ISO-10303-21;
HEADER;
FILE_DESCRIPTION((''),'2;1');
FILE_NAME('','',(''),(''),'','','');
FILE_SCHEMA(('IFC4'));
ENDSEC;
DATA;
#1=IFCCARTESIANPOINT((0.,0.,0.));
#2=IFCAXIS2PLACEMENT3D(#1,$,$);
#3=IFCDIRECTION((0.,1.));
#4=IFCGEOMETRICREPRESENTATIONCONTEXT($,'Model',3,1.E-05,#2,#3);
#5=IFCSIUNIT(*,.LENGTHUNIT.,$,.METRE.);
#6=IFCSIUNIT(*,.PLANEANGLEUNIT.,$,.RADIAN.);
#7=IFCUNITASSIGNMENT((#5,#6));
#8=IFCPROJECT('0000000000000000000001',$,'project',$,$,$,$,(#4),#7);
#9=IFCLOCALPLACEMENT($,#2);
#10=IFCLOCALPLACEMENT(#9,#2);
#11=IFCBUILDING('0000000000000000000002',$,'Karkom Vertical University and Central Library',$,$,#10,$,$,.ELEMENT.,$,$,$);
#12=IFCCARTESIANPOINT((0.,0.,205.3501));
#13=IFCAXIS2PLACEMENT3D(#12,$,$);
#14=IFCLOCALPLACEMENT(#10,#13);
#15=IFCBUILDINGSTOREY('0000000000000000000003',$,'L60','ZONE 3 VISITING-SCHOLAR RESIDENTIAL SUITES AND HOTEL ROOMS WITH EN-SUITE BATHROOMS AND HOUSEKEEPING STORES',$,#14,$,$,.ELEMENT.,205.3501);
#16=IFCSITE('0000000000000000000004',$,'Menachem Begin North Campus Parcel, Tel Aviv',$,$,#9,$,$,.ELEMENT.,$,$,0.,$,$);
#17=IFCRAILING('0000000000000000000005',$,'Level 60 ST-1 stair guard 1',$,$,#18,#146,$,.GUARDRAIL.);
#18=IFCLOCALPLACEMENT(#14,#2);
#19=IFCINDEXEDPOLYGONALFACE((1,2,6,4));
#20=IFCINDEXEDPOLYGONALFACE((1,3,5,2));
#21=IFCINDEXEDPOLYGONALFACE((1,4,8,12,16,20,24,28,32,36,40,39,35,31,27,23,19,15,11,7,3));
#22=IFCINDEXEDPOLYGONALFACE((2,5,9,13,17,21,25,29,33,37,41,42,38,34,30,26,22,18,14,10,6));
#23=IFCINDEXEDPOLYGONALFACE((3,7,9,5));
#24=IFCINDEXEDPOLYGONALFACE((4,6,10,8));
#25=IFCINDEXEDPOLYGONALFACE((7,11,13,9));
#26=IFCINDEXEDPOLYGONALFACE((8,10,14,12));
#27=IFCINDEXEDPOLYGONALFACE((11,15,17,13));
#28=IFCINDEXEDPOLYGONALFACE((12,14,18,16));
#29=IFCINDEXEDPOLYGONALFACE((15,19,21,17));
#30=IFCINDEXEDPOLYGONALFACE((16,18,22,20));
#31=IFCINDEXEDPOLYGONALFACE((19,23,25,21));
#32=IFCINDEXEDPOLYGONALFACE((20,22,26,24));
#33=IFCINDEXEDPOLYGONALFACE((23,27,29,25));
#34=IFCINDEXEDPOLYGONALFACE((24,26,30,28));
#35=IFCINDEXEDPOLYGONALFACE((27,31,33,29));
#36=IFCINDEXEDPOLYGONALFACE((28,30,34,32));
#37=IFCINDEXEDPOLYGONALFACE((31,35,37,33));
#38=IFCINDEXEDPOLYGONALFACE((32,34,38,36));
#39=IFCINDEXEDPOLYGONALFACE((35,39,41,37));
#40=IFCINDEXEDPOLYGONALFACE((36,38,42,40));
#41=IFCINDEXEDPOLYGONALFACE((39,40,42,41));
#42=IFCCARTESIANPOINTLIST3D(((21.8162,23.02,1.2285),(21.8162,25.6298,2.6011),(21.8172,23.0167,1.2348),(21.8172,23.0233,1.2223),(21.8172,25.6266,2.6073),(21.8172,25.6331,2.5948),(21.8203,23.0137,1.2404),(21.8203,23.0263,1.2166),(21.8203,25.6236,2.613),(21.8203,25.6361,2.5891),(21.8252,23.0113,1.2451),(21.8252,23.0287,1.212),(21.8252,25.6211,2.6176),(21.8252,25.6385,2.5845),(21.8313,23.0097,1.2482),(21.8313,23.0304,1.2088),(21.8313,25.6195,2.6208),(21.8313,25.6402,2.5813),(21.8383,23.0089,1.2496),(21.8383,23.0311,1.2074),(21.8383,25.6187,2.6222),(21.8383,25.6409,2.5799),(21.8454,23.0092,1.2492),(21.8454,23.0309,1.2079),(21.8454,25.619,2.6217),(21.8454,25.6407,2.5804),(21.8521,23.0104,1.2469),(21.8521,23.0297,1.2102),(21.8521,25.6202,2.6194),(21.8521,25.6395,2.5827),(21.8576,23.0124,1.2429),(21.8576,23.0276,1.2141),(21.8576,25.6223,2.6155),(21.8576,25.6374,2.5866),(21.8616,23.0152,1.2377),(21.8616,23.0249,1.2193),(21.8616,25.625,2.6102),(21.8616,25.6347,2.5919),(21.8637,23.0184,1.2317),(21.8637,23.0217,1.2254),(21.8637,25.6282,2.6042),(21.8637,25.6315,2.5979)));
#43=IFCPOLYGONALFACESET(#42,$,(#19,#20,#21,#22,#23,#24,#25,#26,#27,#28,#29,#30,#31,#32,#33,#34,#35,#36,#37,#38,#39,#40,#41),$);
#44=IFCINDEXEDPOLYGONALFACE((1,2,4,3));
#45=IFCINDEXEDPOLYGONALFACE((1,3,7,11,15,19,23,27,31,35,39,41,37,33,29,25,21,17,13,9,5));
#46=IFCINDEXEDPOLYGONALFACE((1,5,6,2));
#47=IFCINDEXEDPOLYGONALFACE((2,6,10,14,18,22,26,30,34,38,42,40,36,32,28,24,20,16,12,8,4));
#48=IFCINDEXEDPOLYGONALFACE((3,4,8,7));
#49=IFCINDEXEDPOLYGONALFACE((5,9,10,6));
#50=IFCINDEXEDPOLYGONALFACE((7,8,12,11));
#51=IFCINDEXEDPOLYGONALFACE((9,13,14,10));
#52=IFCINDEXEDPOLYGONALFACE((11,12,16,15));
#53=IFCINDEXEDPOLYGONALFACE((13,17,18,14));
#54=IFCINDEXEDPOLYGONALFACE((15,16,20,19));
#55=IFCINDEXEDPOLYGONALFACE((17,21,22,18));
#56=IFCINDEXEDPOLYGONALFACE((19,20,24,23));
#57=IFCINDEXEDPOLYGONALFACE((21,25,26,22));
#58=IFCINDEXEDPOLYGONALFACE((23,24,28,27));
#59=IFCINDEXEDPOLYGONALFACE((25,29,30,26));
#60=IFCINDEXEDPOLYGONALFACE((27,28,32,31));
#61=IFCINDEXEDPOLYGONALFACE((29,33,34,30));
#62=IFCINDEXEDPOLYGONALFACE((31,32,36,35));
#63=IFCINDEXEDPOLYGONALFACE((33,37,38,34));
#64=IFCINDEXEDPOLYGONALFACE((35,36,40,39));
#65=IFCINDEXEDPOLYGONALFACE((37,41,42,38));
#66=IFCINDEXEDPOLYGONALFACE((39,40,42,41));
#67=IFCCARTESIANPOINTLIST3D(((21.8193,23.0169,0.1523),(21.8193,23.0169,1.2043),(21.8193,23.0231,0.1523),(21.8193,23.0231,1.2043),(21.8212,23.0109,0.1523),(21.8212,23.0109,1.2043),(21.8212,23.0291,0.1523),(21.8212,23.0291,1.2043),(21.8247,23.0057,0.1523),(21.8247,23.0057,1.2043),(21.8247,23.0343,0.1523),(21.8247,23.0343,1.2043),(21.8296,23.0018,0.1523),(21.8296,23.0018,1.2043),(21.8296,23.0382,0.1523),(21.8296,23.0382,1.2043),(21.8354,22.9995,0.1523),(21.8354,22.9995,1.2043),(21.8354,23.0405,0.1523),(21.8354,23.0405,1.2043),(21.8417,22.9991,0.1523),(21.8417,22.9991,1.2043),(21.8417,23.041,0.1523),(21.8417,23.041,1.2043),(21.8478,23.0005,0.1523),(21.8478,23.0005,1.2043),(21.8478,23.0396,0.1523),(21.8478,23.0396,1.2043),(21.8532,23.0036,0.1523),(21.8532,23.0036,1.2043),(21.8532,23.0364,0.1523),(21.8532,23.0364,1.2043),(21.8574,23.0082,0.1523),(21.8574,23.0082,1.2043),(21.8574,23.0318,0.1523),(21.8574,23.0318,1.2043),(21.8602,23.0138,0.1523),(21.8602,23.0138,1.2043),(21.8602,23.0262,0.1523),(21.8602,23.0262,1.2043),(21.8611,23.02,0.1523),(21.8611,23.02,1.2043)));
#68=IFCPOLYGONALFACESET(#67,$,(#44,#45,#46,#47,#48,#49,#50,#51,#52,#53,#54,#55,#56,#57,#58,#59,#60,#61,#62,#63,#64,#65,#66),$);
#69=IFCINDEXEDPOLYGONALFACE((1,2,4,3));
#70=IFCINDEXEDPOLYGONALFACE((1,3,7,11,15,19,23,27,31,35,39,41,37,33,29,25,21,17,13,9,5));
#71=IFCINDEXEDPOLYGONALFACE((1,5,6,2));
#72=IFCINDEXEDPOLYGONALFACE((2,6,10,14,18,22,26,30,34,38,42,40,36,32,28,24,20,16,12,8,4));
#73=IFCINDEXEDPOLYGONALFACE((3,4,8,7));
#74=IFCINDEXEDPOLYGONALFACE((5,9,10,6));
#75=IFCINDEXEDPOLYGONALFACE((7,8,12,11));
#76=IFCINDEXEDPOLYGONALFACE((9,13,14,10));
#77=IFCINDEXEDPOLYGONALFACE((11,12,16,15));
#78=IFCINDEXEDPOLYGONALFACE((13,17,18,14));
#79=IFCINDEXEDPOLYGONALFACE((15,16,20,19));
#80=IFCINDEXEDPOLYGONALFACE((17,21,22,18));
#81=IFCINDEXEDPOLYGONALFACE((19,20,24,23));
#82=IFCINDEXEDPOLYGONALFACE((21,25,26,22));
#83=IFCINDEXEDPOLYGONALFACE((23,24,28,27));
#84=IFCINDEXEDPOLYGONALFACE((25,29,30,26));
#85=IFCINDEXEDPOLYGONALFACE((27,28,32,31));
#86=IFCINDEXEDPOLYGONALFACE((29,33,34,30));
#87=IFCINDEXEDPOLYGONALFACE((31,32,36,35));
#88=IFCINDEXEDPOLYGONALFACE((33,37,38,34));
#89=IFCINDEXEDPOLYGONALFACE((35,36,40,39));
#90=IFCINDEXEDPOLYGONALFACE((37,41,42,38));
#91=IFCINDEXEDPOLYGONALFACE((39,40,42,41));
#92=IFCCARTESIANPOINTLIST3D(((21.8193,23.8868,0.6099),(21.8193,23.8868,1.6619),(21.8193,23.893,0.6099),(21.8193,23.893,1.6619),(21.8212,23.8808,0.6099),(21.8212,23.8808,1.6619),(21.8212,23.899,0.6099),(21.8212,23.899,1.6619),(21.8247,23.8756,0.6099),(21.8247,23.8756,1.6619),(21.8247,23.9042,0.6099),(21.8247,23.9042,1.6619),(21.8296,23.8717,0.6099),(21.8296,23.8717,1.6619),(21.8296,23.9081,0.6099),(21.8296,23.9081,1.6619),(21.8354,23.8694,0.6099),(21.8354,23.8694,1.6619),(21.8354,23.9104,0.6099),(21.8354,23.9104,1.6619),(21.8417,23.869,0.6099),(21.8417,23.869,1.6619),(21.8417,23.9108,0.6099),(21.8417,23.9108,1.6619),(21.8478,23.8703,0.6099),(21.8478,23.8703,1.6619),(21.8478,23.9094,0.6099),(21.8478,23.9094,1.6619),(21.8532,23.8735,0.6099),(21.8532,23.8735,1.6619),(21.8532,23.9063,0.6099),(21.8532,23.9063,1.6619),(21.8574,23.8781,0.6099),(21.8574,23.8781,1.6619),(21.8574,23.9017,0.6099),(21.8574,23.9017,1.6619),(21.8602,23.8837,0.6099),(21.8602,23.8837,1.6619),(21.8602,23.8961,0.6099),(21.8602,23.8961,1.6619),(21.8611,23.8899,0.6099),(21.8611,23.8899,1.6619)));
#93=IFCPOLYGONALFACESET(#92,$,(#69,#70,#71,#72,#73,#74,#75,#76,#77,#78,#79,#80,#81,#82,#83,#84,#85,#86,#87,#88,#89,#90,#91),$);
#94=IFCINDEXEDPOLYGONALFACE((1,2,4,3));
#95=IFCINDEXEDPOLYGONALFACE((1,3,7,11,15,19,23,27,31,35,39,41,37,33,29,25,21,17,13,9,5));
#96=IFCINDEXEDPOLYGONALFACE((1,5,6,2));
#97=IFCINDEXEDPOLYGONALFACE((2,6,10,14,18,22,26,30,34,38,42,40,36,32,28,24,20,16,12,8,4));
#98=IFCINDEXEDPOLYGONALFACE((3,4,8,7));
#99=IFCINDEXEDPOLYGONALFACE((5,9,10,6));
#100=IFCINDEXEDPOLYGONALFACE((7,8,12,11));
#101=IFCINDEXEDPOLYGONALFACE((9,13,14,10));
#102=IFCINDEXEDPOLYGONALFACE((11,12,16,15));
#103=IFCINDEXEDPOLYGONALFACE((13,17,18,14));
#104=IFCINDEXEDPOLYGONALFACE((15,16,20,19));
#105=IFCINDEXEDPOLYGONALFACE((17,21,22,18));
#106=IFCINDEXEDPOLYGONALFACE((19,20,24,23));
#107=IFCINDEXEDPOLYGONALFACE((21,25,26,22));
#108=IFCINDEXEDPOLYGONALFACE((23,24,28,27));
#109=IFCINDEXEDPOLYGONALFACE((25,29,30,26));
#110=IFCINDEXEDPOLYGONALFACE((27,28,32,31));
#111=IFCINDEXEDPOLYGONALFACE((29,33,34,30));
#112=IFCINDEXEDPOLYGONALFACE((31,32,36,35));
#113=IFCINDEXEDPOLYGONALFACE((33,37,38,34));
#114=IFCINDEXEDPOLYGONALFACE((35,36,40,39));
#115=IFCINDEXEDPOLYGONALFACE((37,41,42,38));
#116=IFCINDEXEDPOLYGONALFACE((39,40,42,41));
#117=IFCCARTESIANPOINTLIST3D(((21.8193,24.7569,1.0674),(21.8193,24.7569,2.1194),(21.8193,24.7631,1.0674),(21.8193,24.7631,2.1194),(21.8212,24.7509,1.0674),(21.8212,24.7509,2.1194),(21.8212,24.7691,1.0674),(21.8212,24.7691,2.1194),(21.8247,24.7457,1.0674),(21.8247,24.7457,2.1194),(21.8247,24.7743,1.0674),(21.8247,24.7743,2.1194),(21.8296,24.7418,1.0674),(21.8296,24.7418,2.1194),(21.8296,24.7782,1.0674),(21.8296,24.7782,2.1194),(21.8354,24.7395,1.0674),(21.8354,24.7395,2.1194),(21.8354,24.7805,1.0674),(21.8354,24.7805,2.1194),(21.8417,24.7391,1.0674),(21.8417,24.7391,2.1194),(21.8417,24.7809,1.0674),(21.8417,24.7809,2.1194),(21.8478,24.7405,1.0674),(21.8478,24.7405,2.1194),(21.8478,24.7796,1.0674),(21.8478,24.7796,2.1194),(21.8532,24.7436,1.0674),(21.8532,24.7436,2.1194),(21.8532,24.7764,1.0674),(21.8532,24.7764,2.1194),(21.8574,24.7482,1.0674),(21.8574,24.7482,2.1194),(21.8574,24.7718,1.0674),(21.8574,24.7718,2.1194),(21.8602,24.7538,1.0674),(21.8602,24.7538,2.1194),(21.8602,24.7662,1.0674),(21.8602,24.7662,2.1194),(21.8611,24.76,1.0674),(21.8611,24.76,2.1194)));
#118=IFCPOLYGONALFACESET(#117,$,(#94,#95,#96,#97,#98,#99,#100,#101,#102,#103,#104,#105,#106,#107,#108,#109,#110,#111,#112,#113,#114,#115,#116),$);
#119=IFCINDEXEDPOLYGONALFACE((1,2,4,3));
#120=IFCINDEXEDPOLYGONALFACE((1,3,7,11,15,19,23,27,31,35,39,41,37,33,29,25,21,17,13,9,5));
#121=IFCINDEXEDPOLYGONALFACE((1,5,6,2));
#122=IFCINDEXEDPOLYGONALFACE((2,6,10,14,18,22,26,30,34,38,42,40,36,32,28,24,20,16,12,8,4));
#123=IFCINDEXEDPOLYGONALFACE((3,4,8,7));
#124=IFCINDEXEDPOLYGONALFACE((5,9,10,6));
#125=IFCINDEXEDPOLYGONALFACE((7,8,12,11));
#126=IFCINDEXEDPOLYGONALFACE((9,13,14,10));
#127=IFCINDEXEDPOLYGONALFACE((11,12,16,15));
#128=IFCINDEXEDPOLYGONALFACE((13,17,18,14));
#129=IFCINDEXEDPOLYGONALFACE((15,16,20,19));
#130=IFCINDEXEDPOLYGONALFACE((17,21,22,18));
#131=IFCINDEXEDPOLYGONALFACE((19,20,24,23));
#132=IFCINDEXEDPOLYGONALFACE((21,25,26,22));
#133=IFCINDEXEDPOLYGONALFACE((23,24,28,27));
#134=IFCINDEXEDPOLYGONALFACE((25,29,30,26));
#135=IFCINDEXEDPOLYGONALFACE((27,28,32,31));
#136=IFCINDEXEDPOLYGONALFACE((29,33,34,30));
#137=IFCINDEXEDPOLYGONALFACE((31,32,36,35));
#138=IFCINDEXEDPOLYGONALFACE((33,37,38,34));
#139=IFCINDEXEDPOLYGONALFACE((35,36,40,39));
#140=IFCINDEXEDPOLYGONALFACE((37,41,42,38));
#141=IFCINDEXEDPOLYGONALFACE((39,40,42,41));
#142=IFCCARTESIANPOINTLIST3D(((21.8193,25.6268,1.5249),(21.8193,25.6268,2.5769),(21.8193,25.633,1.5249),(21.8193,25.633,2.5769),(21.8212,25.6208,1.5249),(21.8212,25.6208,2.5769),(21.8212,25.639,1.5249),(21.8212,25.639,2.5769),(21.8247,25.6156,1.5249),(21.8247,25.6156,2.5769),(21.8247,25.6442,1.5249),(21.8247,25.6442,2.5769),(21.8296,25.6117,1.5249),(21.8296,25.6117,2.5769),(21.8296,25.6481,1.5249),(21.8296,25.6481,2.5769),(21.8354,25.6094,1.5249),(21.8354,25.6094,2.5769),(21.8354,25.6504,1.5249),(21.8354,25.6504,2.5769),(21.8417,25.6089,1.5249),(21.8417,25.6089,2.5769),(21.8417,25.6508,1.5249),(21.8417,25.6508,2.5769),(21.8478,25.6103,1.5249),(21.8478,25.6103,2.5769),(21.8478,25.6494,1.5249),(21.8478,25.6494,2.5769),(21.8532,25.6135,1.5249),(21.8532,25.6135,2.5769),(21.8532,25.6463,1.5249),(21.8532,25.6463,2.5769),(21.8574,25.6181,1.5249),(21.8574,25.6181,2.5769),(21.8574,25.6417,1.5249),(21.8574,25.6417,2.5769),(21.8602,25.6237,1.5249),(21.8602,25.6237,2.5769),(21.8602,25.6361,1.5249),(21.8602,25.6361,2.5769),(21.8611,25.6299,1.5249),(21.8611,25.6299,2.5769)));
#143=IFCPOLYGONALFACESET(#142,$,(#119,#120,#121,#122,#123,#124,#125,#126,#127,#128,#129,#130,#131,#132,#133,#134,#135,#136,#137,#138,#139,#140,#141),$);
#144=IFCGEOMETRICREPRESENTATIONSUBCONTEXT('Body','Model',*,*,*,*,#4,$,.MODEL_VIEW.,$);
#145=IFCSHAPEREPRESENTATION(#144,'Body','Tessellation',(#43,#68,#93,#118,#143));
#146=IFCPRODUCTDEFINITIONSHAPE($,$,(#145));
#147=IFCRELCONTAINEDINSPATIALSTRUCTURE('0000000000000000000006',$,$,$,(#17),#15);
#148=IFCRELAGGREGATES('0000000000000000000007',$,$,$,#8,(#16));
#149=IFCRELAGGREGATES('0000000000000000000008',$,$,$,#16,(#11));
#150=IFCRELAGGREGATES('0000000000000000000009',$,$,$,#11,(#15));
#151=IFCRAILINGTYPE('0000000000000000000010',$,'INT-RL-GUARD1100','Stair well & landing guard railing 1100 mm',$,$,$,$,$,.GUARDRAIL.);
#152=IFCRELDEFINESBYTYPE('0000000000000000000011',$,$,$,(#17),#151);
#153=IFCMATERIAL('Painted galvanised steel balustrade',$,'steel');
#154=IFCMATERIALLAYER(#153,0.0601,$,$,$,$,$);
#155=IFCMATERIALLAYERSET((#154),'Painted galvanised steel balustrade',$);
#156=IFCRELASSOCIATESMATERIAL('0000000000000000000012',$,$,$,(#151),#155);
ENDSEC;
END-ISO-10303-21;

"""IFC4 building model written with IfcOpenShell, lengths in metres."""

from ifc_helpers import new_model, si_unit, direction, frame, origin, origin_2d, place, context, subcontext, project, spatial, circle, extrude, material, layer, layer_set, type_object, element, save


model = new_model("IFC4")

# Units and contexts
model_context = context("Model", 3, precision=1e-05, world=origin(), true_north=direction((0.0, 1.0)))
body_context = subcontext(model_context, "Body", "Model", "MODEL_VIEW")
ifc_project = project(units=[si_unit("LENGTHUNIT", "METRE"), si_unit("PLANEANGLEUNIT", "RADIAN")], contexts=[model_context])

# Site, building, storey
site_placement = place(None, origin())
site = spatial("IfcSite", under=ifc_project, at=site_placement, Name="Menachem Begin North Campus Parcel, Tel Aviv", CompositionType="ELEMENT", RefElevation=0.0)
building_placement = place(site_placement, origin())
building = spatial("IfcBuilding", under=site, at=building_placement, Name="Karkom Vertical University and Central Library", CompositionType="ELEMENT")
storey_placement = place(building_placement, frame((0.0, 0.0, 205.3501)))
storey = spatial("IfcBuildingStorey", under=building, at=storey_placement, Name="L60", Description="ZONE 3 VISITING-SCHOLAR RESIDENTIAL SUITES AND HOTEL ROOMS WITH EN-SUITE BATHROOMS AND HOUSEKEEPING STORES", CompositionType="ELEMENT", Elevation=205.3501)

# Railing
ifc_material_1 = material(Name="Painted galvanised steel balustrade", Category="steel")
ifc_layer_1 = layer(ifc_material_1, 0.0601)
ifc_layer_set_1 = layer_set([ifc_layer_1], Name="Painted galvanised steel balustrade")
railing_type_1 = type_object("IfcRailingType", Name="INT-RL-GUARD1100", Description="Stair well & landing guard railing 1100 mm", PredefinedType="GUARDRAIL", material=ifc_layer_set_1)
railing_1_placement = place(storey_placement, frame((21.8401, 23.02, 0.1523)))
element("IfcRailing", 1, at=railing_1_placement, inside=storey, type_object=railing_type_1, Name="Level 60 ST-1 stair guard 1", PredefinedType="GUARDRAIL", context=body_context, shape_type="SweptSolid", body=[
    extrude(circle(Radius=0.0239, at=origin_2d()), frame((0.0, 0.0, 1.0762), z_axis=(0.0, 0.885065, 0.465467), x_axis=(-1.0, 0.0, 0.0)), (0.0, 0.0, 1.0), 2.9487),
    extrude(circle(Radius=0.021, at=origin_2d()), origin(), (0.0, 0.0, 1.0), 1.052),
    extrude(circle(Radius=0.021, at=origin_2d()), frame((0.0, 0.8699, 0.4575)), (0.0, 0.0, 1.0), 1.052),
    extrude(circle(Radius=0.021, at=origin_2d()), frame((0.0, 1.74, 0.915)), (0.0, 0.0, 1.0), 1.052),
    extrude(circle(Radius=0.021, at=origin_2d()), frame((0.0, 2.6099, 1.3726)), (0.0, 0.0, 1.0), 1.052),
])

save(model, "model.ifc")
